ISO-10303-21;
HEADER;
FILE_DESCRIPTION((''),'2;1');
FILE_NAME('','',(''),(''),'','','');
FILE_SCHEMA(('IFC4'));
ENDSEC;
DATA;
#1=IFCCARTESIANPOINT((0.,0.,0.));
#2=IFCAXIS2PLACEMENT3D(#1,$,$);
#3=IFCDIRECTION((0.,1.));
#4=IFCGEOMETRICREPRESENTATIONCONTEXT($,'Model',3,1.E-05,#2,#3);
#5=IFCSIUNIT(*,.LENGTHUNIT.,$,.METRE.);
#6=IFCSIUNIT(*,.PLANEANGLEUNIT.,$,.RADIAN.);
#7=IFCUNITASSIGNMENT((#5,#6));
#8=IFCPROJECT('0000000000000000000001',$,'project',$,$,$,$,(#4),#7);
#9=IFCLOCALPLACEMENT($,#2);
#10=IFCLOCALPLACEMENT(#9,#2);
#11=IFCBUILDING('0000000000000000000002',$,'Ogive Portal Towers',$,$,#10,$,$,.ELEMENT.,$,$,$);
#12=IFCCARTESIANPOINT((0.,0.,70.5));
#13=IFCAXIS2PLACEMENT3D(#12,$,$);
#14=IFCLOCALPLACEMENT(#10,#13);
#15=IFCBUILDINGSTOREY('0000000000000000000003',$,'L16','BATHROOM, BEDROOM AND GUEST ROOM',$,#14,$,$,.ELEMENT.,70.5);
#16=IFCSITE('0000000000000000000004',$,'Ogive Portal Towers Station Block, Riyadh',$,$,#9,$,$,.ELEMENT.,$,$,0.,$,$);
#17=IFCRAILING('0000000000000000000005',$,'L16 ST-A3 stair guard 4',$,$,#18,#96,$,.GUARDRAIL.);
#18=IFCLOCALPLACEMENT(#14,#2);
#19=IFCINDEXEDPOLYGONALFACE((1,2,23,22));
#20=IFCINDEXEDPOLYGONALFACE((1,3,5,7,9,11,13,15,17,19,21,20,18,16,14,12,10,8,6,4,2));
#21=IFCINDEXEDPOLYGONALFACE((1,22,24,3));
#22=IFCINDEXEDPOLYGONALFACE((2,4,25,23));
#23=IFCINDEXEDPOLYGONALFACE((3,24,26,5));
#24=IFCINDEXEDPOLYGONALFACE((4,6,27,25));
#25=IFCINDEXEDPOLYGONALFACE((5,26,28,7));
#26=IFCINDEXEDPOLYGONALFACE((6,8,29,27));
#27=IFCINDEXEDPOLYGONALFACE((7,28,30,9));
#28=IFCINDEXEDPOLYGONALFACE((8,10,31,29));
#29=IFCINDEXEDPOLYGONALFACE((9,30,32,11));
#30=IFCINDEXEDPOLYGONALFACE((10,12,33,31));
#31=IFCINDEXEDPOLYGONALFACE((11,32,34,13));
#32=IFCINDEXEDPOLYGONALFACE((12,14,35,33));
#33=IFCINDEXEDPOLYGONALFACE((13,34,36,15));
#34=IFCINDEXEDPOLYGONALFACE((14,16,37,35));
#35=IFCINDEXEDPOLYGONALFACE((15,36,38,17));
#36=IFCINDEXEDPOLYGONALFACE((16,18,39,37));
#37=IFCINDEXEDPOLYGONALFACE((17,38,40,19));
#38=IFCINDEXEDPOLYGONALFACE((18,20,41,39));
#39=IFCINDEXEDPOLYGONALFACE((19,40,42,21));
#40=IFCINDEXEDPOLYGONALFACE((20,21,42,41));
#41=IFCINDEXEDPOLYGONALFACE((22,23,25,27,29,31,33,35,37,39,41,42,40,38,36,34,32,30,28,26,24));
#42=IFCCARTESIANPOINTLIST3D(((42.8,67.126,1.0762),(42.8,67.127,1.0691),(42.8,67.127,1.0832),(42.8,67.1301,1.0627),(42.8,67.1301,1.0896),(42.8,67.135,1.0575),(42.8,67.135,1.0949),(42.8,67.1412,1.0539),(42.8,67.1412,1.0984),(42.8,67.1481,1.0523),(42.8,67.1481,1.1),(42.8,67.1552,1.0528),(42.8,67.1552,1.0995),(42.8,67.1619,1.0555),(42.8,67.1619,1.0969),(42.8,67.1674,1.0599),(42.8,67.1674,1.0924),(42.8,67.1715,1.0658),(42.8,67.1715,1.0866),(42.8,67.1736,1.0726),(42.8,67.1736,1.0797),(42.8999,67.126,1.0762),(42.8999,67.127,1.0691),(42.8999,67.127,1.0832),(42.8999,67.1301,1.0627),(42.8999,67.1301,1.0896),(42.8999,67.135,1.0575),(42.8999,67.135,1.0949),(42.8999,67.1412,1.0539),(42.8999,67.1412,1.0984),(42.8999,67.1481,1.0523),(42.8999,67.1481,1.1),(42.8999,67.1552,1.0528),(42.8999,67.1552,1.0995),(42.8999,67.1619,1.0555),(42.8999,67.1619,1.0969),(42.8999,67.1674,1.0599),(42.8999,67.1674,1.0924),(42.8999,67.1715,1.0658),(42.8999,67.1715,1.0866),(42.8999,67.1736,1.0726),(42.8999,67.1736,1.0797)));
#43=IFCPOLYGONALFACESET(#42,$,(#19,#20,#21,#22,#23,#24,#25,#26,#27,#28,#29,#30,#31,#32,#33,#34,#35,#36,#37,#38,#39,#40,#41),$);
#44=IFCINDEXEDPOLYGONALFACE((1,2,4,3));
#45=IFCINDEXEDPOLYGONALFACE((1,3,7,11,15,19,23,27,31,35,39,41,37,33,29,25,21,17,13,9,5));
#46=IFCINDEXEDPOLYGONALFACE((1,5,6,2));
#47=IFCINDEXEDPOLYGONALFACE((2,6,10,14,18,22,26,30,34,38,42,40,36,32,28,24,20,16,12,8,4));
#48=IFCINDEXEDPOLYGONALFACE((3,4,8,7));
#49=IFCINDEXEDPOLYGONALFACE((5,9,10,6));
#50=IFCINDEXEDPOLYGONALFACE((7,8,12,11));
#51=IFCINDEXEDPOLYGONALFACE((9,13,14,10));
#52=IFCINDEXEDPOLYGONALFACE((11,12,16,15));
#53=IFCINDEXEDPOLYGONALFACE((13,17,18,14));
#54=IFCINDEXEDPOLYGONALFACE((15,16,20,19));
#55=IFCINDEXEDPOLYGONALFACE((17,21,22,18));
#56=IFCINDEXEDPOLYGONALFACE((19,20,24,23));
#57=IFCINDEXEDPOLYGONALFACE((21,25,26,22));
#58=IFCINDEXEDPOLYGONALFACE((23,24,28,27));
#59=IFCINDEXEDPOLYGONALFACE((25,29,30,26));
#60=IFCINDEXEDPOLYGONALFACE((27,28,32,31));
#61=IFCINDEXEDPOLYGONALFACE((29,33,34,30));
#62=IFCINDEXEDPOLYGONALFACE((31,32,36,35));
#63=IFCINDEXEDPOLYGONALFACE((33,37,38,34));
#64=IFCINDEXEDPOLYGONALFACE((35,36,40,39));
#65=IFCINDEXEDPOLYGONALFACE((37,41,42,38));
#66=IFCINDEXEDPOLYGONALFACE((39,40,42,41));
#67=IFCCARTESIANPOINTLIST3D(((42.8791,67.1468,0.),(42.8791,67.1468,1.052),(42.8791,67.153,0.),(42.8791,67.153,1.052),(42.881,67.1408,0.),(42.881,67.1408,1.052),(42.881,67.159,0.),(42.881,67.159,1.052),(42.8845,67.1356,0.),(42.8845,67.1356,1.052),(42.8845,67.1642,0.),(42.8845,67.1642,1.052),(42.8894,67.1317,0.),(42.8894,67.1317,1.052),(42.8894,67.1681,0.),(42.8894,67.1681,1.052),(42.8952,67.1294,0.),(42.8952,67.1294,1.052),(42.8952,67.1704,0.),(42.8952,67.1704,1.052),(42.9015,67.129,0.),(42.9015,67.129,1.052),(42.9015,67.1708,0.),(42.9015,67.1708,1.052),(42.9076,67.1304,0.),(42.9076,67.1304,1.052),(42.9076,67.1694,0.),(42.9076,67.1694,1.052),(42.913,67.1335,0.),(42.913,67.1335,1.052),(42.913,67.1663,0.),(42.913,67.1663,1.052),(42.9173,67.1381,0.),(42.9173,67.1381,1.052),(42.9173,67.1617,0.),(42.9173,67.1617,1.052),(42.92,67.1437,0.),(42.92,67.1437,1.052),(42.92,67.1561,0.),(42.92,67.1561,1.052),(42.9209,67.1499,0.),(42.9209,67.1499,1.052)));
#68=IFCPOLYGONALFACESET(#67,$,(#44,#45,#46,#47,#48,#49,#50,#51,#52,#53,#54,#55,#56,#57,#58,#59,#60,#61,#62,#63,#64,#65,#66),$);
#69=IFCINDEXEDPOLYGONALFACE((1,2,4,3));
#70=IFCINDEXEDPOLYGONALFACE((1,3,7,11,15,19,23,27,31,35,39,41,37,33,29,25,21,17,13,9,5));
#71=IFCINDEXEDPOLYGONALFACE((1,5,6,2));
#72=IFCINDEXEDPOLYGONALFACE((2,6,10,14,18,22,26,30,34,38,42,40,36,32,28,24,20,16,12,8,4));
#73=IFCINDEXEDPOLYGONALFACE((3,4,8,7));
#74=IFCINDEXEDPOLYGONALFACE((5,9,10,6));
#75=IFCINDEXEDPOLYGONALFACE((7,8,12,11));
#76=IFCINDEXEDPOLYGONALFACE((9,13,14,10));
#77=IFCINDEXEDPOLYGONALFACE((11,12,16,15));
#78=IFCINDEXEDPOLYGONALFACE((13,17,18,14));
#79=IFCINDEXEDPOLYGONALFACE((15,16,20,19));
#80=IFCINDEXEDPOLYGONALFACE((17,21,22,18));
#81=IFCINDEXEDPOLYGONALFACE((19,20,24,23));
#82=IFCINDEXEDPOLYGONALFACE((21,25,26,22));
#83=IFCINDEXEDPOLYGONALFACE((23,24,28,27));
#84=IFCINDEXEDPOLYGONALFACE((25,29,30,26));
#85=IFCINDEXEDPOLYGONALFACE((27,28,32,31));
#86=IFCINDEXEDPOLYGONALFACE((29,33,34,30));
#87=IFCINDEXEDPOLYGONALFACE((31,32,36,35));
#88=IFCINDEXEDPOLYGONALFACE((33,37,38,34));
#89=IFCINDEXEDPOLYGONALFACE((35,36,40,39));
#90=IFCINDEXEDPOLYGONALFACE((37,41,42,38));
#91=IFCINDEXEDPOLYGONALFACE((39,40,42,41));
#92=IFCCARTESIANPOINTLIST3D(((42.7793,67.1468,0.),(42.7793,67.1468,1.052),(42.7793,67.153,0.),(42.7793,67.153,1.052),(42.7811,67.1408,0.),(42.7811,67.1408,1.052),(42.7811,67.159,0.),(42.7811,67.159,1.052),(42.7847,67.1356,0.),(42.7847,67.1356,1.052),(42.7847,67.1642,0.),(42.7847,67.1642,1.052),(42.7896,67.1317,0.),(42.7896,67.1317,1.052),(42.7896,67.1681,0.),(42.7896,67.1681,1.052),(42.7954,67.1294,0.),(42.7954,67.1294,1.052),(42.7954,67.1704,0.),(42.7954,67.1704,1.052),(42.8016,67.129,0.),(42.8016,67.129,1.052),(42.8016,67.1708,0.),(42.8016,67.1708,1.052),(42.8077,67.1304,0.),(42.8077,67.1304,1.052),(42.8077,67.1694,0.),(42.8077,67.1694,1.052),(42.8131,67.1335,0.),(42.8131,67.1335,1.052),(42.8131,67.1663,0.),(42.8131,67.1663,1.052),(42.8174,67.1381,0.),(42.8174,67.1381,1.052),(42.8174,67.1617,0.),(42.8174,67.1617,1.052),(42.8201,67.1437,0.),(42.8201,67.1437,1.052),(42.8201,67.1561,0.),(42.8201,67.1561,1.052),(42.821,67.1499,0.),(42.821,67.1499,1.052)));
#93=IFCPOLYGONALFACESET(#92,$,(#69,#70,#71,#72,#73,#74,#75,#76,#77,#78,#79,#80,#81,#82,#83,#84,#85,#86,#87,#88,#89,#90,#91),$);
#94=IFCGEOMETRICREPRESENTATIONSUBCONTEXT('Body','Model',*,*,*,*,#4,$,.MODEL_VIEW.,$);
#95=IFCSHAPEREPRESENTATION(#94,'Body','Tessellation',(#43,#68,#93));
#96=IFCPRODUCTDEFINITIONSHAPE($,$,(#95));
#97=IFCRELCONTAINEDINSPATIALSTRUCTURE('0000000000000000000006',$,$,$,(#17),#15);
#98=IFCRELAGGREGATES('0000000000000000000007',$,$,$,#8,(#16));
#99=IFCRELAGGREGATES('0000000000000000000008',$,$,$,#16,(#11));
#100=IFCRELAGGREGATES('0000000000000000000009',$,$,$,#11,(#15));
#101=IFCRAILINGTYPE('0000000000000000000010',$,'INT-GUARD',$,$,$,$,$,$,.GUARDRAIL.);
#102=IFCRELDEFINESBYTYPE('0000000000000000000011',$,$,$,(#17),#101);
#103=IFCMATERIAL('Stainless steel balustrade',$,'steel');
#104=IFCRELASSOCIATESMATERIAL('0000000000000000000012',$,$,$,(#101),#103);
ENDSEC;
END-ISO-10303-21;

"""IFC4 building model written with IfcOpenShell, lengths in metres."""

from ifc_helpers import new_model, si_unit, direction, frame, origin, origin_2d, place, context, subcontext, project, spatial, circle, extrude, material, type_object, element, save


model = new_model("IFC4")

# Units and contexts
model_context = context("Model", 3, precision=1e-05, world=origin(), true_north=direction((0.0, 1.0)))
body_context = subcontext(model_context, "Body", "Model", "MODEL_VIEW")
ifc_project = project(units=[si_unit("LENGTHUNIT", "METRE"), si_unit("PLANEANGLEUNIT", "RADIAN")], contexts=[model_context])

# Site, building, storey
site_placement = place(None, origin())
site = spatial("IfcSite", under=ifc_project, at=site_placement, Name="Ogive Portal Towers Station Block, Riyadh", CompositionType="ELEMENT", RefElevation=0.0)
building_placement = place(site_placement, origin())
building = spatial("IfcBuilding", under=site, at=building_placement, Name="Ogive Portal Towers", CompositionType="ELEMENT")
storey_placement = place(building_placement, frame((0.0, 0.0, 70.5)))
storey = spatial("IfcBuildingStorey", under=building, at=storey_placement, Name="L16", Description="BATHROOM, BEDROOM AND GUEST ROOM", CompositionType="ELEMENT", Elevation=70.5)

# Railing
ifc_material_1 = material(Name="Stainless steel balustrade", Category="steel")
railing_type = type_object("IfcRailingType", Name="INT-GUARD", PredefinedType="GUARDRAIL", material=ifc_material_1)
railing_1_placement = place(storey_placement, frame((42.8999, 67.1499, 0.0)))
element("IfcRailing", 1, at=railing_1_placement, inside=storey, type_object=railing_type, Name="L16 ST-A3 stair guard 4", PredefinedType="GUARDRAIL", context=body_context, shape_type="SweptSolid", body=[
    extrude(circle(Radius=0.0239, at=origin_2d()), frame((0.0, 0.0, 1.0762), z_axis=(-1.0, 0.0, 0.0), x_axis=(0.0, -1.0, 0.0)), (0.0, 0.0, 1.0), 0.0999),
    extrude(circle(Radius=0.021, at=origin_2d()), origin(), (0.0, 0.0, 1.0), 1.052),
    extrude(circle(Radius=0.021, at=origin_2d()), frame((-0.0999, 0.0, 0.0)), (0.0, 0.0, 1.0), 1.052),
])

save(model, "model.ifc")
